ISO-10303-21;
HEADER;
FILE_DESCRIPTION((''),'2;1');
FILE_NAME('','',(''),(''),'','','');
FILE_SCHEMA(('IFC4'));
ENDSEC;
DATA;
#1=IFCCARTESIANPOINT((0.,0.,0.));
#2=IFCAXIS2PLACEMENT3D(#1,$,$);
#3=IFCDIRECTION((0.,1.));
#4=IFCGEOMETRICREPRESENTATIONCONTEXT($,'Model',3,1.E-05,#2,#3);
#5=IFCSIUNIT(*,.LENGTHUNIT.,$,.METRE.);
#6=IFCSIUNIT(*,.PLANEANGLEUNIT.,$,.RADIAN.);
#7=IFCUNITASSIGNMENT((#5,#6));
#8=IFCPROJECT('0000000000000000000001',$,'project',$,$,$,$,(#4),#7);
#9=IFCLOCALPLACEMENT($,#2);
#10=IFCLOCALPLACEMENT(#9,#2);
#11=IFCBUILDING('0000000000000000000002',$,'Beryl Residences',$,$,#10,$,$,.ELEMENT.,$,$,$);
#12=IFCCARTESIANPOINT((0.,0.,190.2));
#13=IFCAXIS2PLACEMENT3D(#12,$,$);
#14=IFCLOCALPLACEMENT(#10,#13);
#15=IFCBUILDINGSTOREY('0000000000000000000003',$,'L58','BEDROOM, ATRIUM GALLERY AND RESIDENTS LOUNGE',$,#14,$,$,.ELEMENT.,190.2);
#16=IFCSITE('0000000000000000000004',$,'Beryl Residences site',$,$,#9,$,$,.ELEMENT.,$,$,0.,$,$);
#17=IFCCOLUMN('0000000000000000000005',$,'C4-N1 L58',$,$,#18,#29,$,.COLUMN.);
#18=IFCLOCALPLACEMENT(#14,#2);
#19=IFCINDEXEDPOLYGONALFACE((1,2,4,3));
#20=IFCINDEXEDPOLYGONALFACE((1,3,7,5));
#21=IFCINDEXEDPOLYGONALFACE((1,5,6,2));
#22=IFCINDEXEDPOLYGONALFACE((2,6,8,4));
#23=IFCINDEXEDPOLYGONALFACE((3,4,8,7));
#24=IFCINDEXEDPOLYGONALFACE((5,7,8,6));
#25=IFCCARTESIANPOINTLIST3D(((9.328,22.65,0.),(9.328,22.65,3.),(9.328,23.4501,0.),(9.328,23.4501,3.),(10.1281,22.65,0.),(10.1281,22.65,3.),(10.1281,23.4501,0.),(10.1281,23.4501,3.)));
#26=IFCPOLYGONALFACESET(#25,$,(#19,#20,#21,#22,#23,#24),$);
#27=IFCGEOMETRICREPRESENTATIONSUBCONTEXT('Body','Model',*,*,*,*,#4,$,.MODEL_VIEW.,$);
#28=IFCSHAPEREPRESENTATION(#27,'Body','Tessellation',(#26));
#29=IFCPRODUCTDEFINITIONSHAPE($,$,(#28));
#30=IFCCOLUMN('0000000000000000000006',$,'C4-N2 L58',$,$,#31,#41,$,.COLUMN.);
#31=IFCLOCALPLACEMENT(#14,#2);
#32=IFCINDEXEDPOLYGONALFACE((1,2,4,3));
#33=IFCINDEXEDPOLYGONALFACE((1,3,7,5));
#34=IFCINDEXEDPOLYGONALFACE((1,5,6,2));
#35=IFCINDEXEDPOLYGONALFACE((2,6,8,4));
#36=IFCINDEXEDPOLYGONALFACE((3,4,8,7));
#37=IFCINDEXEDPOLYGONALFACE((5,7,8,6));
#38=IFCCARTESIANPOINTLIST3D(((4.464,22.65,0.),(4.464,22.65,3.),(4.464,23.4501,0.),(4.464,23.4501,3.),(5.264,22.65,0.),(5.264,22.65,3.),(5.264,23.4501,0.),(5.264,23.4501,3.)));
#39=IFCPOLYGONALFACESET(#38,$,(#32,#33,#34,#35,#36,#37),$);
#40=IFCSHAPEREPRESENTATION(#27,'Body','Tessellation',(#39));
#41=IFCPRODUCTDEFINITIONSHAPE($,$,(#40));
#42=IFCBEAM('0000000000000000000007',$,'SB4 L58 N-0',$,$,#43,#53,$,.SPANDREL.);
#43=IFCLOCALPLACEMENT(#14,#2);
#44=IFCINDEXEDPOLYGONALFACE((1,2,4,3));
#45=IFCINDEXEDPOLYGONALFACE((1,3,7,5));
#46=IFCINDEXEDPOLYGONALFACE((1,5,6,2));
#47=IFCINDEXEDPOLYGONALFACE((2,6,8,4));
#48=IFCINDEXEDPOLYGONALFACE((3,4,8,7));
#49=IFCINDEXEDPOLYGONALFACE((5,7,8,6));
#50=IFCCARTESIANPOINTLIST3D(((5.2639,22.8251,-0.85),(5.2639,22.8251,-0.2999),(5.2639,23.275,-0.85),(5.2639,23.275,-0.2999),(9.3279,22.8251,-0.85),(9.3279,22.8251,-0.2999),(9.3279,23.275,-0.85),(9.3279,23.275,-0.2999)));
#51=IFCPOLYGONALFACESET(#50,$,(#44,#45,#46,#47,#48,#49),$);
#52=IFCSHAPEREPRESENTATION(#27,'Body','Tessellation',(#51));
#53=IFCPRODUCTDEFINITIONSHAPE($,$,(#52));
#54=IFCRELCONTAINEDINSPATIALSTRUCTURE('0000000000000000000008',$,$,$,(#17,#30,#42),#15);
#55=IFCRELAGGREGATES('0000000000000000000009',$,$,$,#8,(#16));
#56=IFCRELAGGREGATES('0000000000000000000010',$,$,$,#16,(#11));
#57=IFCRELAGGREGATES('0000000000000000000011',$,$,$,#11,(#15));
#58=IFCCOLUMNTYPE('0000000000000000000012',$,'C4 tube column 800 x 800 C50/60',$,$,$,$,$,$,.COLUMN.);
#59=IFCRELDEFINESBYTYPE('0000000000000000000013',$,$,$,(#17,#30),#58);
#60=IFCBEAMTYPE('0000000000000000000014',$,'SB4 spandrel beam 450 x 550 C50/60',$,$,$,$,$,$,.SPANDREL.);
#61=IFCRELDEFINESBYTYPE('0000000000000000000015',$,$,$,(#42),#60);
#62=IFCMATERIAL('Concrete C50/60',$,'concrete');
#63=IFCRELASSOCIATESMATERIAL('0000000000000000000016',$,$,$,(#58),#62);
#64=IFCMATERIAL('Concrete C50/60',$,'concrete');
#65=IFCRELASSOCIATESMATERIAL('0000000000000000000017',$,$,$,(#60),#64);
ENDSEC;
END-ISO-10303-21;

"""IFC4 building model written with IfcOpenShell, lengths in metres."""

from ifc_helpers import new_model, si_unit, direction, frame, origin, origin_2d, place, context, subcontext, project, spatial, rectangle, extrude, material, material_profile, profile_set, type_object, element, save


model = new_model("IFC4")

# Units and contexts
model_context = context("Model", 3, precision=1e-05, world=origin(), true_north=direction((0.0, 1.0)))
body_context = subcontext(model_context, "Body", "Model", "MODEL_VIEW")
ifc_project = project(units=[si_unit("LENGTHUNIT", "METRE"), si_unit("PLANEANGLEUNIT", "RADIAN")], contexts=[model_context])

# Site, building, storey
site_placement = place(None, origin())
site = spatial("IfcSite", under=ifc_project, at=site_placement, Name="Beryl Residences site", CompositionType="ELEMENT", RefElevation=0.0)
building_placement = place(site_placement, origin())
building = spatial("IfcBuilding", under=site, at=building_placement, Name="Beryl Residences", CompositionType="ELEMENT")
storey_placement = place(building_placement, frame((0.0, 0.0, 190.2)))
storey = spatial("IfcBuildingStorey", under=building, at=storey_placement, Name="L58", Description="BEDROOM, ATRIUM GALLERY AND RESIDENTS LOUNGE", CompositionType="ELEMENT", Elevation=190.2)

# Columns
ifc_material_1 = material(Name="Concrete C50/60", Category="concrete")
ifc_material_profile_1 = material_profile(ifc_material_1, rectangle(XDim=0.8, YDim=0.8, at=origin_2d()))
ifc_profile_set_1 = profile_set([ifc_material_profile_1], Name="Concrete C50/60")
column_type = type_object("IfcColumnType", Name="C4 tube column 800 x 800 C50/60", PredefinedType="COLUMN", material=ifc_profile_set_1)
for number, where, z_axis, x_axis, name in (
    (1, (9.728, 23.05, 0.0), (0.0, 0.0, 1.0), (-1.0, 0.0, 0.0), "C4-N1 L58"),
    (2, (4.864, 23.05, 0.0), (0.0, 0.0, 1.0), (-1.0, 0.0, 0.0), "C4-N2 L58"),
):
    element("IfcColumn", number, at=place(storey_placement, frame(where, z_axis=z_axis, x_axis=x_axis)), inside=storey, type_object=column_type, Name=name, PredefinedType="COLUMN", context=body_context, shape_type="SweptSolid", body=[
        extrude(rectangle(XDim=0.8, YDim=0.8, at=origin_2d()), origin(), (0.0, 0.0, 1.0), 3.0),
    ])

# Beam
ifc_material_2 = material(Name="Concrete C50/60", Category="concrete")
ifc_material_profile_2 = material_profile(ifc_material_2, rectangle(XDim=0.45, YDim=0.55, at=origin_2d()))
ifc_profile_set_2 = profile_set([ifc_material_profile_2], Name="Concrete C50/60")
beam_type = type_object("IfcBeamType", Name="SB4 spandrel beam 450 x 550 C50/60", PredefinedType="SPANDREL", material=ifc_profile_set_2)
beam_placement = place(storey_placement, frame((9.3279, 23.05, -0.575), z_axis=(-1.0, 0.0, 0.0), x_axis=(0.0, -1.0, 0.0)))
element("IfcBeam", 3, at=beam_placement, inside=storey, type_object=beam_type, Name="SB4 L58 N-0", PredefinedType="SPANDREL", context=body_context, shape_type="SweptSolid", body=[
    extrude(rectangle(XDim=0.45, YDim=0.55, at=origin_2d()), origin(), (0.0, 0.0, 1.0), 4.064),
])

save(model, "model.ifc")
